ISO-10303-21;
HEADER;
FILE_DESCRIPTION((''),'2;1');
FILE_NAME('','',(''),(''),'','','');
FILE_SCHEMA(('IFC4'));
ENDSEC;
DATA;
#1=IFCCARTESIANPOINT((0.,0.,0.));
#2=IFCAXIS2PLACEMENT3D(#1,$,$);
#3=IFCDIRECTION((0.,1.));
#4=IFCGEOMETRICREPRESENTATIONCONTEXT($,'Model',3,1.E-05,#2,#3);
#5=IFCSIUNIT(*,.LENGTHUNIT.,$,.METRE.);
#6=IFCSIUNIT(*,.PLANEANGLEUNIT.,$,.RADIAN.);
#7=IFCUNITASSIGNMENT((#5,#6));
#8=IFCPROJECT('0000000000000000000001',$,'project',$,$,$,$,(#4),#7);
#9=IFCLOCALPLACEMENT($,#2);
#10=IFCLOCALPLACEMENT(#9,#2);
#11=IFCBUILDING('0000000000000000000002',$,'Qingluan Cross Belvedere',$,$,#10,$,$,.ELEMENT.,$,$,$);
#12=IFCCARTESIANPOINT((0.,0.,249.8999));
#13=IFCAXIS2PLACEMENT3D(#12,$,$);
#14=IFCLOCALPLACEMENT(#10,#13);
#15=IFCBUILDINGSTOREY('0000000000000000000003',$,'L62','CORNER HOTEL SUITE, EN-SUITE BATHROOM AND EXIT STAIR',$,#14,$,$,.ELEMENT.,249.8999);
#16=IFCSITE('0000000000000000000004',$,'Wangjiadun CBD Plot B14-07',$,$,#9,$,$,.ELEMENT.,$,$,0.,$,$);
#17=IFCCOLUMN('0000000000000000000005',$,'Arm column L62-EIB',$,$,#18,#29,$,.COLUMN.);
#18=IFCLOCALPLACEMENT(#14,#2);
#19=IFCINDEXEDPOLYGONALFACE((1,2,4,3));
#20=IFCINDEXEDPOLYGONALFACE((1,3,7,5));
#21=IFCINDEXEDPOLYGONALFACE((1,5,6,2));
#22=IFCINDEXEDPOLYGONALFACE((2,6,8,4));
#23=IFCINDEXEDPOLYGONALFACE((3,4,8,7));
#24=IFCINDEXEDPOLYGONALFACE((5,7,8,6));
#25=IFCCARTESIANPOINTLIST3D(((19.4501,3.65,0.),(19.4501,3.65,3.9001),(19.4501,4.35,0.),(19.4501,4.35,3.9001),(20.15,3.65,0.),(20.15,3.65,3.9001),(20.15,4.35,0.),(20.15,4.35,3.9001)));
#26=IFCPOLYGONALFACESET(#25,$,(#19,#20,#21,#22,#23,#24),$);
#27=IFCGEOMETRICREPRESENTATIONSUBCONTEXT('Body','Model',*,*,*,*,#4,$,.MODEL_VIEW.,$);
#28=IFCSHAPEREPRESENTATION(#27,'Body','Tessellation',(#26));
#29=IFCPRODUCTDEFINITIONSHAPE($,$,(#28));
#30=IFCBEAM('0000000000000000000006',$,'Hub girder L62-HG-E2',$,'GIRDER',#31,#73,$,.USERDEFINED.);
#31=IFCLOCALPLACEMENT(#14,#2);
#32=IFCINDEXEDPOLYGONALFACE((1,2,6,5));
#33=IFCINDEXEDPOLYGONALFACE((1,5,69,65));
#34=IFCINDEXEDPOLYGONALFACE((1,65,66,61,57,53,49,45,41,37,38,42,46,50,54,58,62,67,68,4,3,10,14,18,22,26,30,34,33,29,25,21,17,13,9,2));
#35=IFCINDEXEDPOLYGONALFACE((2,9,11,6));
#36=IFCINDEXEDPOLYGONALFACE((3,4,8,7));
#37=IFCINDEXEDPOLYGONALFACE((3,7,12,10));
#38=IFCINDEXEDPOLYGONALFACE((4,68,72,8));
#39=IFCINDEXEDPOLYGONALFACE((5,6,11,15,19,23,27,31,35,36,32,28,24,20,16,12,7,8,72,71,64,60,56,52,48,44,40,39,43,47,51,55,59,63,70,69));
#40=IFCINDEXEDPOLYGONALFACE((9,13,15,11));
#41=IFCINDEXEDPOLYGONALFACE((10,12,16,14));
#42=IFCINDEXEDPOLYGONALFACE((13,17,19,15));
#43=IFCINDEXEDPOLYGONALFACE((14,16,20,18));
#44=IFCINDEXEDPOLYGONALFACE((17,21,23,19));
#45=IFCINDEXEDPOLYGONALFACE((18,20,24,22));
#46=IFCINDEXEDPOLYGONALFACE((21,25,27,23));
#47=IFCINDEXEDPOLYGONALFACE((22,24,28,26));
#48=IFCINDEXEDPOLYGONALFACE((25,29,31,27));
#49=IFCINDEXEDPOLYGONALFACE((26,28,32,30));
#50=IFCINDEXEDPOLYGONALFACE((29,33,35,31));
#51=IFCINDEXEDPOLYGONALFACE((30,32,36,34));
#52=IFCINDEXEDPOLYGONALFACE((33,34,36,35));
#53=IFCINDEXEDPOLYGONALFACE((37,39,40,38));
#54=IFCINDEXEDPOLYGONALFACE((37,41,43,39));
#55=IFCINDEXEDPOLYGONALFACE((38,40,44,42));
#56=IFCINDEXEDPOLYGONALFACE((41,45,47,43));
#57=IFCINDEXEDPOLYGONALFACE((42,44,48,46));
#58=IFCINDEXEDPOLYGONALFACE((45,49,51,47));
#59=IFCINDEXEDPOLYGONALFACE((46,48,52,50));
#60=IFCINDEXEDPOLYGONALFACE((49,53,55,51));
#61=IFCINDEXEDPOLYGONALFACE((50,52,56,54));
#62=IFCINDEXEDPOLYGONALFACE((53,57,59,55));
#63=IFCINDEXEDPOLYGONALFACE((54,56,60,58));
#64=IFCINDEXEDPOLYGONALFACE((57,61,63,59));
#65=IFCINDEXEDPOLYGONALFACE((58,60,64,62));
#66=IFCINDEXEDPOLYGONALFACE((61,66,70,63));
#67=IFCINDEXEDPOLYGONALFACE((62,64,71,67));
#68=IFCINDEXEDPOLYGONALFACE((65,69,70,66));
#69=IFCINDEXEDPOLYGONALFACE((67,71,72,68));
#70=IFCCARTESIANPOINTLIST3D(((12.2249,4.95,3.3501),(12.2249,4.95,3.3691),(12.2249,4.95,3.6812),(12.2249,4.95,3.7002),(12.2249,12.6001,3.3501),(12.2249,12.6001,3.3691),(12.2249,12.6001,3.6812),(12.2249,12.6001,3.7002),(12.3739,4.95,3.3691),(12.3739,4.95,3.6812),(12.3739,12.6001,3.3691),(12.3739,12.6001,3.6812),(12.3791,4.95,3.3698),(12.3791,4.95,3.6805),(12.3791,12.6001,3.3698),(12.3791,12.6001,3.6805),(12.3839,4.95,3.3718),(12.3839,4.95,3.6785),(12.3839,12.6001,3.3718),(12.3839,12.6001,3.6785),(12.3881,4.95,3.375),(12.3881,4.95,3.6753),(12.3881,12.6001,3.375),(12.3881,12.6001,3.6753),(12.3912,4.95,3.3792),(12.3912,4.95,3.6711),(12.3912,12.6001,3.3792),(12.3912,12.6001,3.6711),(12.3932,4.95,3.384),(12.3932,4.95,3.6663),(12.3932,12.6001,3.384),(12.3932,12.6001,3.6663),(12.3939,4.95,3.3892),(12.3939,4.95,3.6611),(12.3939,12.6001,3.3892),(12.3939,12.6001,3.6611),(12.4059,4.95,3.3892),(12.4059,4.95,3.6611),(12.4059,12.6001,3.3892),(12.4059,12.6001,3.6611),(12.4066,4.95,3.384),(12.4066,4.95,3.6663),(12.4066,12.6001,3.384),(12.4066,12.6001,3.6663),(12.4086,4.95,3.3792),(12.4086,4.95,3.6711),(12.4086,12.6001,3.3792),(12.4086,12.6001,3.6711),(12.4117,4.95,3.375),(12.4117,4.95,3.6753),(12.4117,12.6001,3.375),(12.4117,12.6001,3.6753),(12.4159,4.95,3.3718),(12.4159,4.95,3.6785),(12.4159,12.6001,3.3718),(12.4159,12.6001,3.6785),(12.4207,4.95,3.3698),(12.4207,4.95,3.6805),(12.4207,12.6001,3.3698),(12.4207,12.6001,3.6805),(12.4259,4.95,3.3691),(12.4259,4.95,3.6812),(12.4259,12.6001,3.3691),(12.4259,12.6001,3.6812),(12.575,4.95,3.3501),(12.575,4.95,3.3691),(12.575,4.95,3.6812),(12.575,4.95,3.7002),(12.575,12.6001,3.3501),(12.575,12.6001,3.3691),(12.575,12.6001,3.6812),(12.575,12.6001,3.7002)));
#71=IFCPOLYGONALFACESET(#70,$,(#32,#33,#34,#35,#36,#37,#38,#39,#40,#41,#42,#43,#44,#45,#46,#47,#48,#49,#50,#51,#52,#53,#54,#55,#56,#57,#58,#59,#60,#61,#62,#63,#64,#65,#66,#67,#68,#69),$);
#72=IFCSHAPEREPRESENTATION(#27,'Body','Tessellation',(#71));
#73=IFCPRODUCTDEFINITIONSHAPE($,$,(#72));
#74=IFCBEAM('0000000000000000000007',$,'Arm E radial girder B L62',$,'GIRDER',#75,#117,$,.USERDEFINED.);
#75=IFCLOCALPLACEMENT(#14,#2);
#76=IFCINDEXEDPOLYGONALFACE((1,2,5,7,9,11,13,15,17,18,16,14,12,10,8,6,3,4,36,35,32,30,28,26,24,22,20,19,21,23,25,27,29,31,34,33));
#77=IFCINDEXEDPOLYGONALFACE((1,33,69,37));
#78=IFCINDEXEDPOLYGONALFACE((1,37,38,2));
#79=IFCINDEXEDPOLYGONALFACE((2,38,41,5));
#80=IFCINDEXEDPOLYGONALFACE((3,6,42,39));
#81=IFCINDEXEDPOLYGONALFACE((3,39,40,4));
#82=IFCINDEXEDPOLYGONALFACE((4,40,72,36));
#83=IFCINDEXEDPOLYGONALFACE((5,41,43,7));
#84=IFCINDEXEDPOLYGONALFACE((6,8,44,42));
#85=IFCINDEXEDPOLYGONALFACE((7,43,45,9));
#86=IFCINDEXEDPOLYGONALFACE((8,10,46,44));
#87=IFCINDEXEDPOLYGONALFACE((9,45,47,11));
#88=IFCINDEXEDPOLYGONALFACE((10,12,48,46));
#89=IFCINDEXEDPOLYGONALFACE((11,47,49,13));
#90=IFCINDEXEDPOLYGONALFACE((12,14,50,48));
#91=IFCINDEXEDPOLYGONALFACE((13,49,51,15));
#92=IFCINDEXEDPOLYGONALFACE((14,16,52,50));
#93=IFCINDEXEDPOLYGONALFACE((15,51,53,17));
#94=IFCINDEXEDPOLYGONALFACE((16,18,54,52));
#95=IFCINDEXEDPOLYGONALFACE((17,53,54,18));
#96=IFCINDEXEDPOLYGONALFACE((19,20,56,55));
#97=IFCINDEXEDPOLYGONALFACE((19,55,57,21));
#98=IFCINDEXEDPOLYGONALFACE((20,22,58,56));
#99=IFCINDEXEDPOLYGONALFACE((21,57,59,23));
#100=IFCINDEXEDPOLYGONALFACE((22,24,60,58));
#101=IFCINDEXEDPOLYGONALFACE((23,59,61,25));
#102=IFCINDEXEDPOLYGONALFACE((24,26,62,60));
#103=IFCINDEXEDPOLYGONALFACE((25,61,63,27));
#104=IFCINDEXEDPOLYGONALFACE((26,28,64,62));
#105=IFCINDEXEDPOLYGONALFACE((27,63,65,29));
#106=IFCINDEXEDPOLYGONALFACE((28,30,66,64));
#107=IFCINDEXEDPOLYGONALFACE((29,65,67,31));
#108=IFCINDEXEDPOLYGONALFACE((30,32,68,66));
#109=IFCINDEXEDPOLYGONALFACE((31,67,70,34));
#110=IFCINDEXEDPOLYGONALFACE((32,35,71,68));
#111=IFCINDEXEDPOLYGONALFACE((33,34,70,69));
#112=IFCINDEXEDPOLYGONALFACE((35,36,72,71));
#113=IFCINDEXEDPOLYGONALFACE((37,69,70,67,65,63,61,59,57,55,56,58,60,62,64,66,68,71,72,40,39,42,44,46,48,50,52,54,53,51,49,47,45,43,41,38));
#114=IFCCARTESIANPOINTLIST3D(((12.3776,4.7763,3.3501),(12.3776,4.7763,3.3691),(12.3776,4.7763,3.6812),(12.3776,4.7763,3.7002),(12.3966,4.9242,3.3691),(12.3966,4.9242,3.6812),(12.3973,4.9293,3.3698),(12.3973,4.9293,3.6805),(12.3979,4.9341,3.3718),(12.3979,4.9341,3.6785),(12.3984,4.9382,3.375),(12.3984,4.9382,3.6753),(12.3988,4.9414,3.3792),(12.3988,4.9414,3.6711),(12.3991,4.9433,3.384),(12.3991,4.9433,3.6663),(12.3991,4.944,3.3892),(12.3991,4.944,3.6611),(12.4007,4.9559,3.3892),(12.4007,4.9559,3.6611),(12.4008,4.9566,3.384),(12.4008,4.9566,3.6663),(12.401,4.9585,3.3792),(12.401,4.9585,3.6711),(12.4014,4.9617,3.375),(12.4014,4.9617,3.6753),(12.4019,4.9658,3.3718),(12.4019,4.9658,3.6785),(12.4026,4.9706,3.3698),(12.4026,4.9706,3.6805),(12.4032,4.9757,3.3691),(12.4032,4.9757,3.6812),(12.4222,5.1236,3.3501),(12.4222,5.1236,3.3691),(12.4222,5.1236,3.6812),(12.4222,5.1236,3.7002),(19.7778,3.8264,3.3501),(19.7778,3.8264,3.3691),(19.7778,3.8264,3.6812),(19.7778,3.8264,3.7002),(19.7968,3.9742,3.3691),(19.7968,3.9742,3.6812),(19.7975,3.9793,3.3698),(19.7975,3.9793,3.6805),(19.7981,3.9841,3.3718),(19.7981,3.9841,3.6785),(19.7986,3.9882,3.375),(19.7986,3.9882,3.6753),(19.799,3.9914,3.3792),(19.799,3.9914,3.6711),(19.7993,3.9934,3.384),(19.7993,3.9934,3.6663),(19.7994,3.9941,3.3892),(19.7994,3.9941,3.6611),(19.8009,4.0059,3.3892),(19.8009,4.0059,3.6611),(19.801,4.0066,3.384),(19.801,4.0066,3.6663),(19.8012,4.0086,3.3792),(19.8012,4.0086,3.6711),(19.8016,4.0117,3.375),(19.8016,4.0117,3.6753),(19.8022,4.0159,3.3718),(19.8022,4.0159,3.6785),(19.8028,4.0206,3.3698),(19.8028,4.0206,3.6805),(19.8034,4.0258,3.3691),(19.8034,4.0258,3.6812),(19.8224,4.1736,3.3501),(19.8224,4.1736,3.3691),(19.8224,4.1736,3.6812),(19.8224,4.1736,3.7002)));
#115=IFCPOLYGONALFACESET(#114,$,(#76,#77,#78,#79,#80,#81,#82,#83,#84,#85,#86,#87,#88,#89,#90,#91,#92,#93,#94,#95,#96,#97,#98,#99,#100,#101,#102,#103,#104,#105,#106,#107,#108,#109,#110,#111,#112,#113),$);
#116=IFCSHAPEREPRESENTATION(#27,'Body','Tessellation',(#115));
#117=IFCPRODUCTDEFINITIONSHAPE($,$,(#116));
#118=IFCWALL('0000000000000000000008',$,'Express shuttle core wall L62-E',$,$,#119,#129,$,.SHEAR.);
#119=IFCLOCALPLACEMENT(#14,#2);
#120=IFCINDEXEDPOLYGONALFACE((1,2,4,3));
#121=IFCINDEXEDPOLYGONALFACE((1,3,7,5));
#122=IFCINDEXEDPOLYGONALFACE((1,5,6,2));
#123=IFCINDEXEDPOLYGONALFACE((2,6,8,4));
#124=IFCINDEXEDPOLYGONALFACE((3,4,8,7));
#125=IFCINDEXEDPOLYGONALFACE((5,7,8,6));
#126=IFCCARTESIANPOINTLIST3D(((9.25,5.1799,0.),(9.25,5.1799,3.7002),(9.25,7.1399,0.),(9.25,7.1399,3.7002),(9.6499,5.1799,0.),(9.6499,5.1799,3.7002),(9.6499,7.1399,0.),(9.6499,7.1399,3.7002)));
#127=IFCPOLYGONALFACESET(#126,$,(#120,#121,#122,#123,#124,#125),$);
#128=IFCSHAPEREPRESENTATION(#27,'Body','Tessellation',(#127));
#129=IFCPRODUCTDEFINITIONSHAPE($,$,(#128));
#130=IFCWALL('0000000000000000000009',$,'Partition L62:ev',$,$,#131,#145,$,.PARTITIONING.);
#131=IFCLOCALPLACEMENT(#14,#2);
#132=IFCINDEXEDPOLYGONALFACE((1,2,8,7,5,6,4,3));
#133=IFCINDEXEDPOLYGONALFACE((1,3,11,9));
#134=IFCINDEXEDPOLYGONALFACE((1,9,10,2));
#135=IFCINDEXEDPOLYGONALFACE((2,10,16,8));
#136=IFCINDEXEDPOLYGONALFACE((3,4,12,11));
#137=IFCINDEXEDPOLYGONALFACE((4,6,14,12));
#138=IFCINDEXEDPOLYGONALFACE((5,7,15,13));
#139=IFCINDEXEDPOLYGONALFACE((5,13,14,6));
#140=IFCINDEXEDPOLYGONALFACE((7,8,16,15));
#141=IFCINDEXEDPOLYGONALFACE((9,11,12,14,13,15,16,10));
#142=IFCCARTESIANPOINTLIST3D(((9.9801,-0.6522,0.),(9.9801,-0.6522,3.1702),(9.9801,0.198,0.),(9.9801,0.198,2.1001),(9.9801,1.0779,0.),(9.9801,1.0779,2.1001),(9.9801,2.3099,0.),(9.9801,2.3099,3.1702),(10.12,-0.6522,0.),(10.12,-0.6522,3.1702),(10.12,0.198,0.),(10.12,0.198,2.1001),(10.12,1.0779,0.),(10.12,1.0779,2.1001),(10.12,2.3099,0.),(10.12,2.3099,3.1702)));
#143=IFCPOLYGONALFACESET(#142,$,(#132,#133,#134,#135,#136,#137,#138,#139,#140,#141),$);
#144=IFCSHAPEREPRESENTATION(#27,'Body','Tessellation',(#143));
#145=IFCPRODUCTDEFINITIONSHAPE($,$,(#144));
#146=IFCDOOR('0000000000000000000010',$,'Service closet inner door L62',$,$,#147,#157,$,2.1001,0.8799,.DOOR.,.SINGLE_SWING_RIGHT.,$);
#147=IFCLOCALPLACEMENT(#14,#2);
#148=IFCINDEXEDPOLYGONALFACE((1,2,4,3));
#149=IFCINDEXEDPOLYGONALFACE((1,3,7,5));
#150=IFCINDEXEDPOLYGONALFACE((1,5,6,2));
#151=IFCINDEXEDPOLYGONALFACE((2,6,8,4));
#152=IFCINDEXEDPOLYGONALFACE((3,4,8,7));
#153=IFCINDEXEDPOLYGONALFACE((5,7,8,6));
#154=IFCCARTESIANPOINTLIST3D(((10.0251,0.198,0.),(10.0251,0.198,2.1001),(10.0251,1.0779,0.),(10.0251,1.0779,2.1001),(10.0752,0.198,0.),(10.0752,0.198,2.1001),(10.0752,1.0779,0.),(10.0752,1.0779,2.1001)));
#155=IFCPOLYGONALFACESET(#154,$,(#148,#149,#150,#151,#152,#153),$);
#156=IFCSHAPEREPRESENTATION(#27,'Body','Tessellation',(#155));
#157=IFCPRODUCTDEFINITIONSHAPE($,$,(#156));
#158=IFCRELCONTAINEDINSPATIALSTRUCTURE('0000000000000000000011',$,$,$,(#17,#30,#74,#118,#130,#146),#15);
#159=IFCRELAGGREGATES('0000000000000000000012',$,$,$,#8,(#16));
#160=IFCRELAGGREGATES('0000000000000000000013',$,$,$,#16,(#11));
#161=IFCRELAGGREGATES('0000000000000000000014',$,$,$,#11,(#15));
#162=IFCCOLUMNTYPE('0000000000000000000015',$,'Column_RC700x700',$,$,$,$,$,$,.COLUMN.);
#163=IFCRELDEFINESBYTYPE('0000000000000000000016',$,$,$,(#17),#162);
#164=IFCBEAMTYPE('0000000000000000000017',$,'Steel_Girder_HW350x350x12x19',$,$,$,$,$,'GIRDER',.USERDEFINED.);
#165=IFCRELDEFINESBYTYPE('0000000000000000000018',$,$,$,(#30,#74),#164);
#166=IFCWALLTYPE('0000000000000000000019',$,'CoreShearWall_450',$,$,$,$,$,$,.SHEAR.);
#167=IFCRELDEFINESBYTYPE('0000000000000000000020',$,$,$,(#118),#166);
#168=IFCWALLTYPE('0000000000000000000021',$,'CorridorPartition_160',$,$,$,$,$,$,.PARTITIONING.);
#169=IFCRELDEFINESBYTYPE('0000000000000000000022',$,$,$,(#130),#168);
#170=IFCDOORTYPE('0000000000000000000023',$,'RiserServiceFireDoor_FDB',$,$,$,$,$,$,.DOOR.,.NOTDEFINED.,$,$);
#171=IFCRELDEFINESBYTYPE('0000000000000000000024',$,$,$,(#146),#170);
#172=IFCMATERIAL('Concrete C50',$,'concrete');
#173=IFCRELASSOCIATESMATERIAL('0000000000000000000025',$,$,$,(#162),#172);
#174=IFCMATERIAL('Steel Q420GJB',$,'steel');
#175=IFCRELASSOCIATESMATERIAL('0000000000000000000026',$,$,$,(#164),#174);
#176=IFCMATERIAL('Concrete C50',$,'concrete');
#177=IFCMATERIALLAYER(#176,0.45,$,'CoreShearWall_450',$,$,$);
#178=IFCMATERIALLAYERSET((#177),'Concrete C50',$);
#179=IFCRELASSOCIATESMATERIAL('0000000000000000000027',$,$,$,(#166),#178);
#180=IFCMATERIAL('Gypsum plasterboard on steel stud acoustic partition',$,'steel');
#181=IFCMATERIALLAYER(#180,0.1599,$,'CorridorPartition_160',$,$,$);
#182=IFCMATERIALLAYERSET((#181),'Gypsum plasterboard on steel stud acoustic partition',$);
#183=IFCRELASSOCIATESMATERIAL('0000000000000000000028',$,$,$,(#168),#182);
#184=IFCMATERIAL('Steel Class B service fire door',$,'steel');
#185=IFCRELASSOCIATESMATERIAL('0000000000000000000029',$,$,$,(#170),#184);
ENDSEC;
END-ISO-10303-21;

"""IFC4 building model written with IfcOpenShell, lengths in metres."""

from ifc_helpers import new_model, si_unit, direction, frame, frame_2d, origin, origin_2d, place, context, subcontext, project, spatial, rectangle, i_section, extrude, material, layer, layer_set, material_profile, profile_set, type_object, element, fill, save


model = new_model("IFC4")

# Units and contexts
model_context = context("Model", 3, precision=1e-05, world=origin(), true_north=direction((0.0, 1.0)))
body_context = subcontext(model_context, "Body", "Model", "MODEL_VIEW")
ifc_project = project(units=[si_unit("LENGTHUNIT", "METRE"), si_unit("PLANEANGLEUNIT", "RADIAN")], contexts=[model_context])

# Site, building, storey
site_placement = place(None, origin())
site = spatial("IfcSite", under=ifc_project, at=site_placement, Name="Wangjiadun CBD Plot B14-07", CompositionType="ELEMENT", RefElevation=0.0)
building_placement = place(site_placement, origin())
building = spatial("IfcBuilding", under=site, at=building_placement, Name="Qingluan Cross Belvedere", CompositionType="ELEMENT")
storey_placement = place(building_placement, frame((0.0, 0.0, 249.8999)))
storey = spatial("IfcBuildingStorey", under=building, at=storey_placement, Name="L62", Description="CORNER HOTEL SUITE, EN-SUITE BATHROOM AND EXIT STAIR", CompositionType="ELEMENT", Elevation=249.8999)

# Column
ifc_material_1 = material(Name="Concrete C50", Category="concrete")
ifc_material_profile_1 = material_profile(ifc_material_1, rectangle(XDim=0.7, YDim=0.7, at=origin_2d()), Name="RC700x700")
ifc_profile_set_1 = profile_set([ifc_material_profile_1], Name="Concrete C50")
column_type = type_object("IfcColumnType", Name="Column_RC700x700", PredefinedType="COLUMN", material=ifc_profile_set_1)
column_placement = place(storey_placement, frame((19.8, 4.0, 0.0), z_axis=(0.0, 0.0, 1.0), x_axis=(1.0, 0.0, 0.0)))
element("IfcColumn", 1, at=column_placement, inside=storey, type_object=column_type, Name="Arm column L62-EIB", PredefinedType="COLUMN", context=body_context, shape_type="SweptSolid", body=[
    extrude(rectangle(XDim=0.7, YDim=0.7, at=origin_2d()), origin(), (0.0, 0.0, 1.0), 3.9001),
])

# Beams
ifc_material_2 = material(Name="Steel Q420GJB", Category="steel")
ifc_material_profile_2 = material_profile(ifc_material_2, i_section(OverallWidth=0.3501, OverallDepth=0.3501, WebThickness=0.012, FlangeThickness=0.019, FilletRadius=0.02, at=origin_2d()), Name="HW350x350x12x19")
ifc_profile_set_2 = profile_set([ifc_material_profile_2], Name="Steel Q420GJB")
beam_type = type_object("IfcBeamType", Name="Steel_Girder_HW350x350x12x19", ElementType="GIRDER", PredefinedType="USERDEFINED", material=ifc_profile_set_2)
beam_1_placement = place(storey_placement, frame((12.3999, 4.95, 3.5251), z_axis=(0.0, 1.0, 0.0), x_axis=(-1.0, 0.0, 0.0)))
element("IfcBeam", 2, at=beam_1_placement, inside=storey, type_object=beam_type, Name="Hub girder L62-HG-E2", ObjectType="GIRDER", PredefinedType="USERDEFINED", context=body_context, shape_type="SweptSolid", body=[
    extrude(i_section(OverallWidth=0.3501, OverallDepth=0.3501, WebThickness=0.012, FlangeThickness=0.019, FilletRadius=0.02, at=origin_2d()), origin(), (0.0, 0.0, 1.0), 7.6501),
])
beam_2_placement = place(storey_placement, frame((12.3999, 4.95, 3.5251), z_axis=(0.991861, -0.127324, 0.0), x_axis=(0.127324, 0.991861, 0.0)))
element("IfcBeam", 3, at=beam_2_placement, inside=storey, type_object=beam_type, Name="Arm E radial girder B L62", ObjectType="GIRDER", PredefinedType="USERDEFINED", context=body_context, shape_type="SweptSolid", body=[
    extrude(i_section(OverallWidth=0.3501, OverallDepth=0.3501, WebThickness=0.012, FlangeThickness=0.019, FilletRadius=0.02, at=origin_2d()), origin(), (0.0, 0.0, 1.0), 7.4609),
])

# Wall
ifc_material_3 = material(Name="Concrete C50", Category="concrete")
ifc_layer_1 = layer(ifc_material_3, 0.45, Name="CoreShearWall_450")
ifc_layer_set_1 = layer_set([ifc_layer_1], Name="Concrete C50")
wall_type_1 = type_object("IfcWallType", Name="CoreShearWall_450", PredefinedType="SHEAR", material=ifc_layer_set_1)
wall_1_placement = place(storey_placement, frame((9.45, 5.1799, 0.0), z_axis=(0.0, 0.0, 1.0), x_axis=(0.0, 1.0, 0.0)))
element("IfcWall", 4, at=wall_1_placement, inside=storey, type_object=wall_type_1, Name="Express shuttle core wall L62-E", PredefinedType="SHEAR", context=body_context, shape_type="SweptSolid", body=[
    extrude(rectangle(XDim=1.96, YDim=0.3999, at=frame_2d((0.98, 0.0))), origin(), (0.0, 0.0, 1.0), 3.7002),
])

# Wall, opening, door
ifc_material_4 = material(Name="Gypsum plasterboard on steel stud acoustic partition", Category="steel")
ifc_layer_2 = layer(ifc_material_4, 0.1599, Name="CorridorPartition_160")
ifc_layer_set_2 = layer_set([ifc_layer_2], Name="Gypsum plasterboard on steel stud acoustic partition")
wall_type_2 = type_object("IfcWallType", Name="CorridorPartition_160", PredefinedType="PARTITIONING", material=ifc_layer_set_2)
wall_2_placement = place(storey_placement, frame((10.05, -0.6521, 0.0), z_axis=(0.0, 0.0, 1.0), x_axis=(0.0, 1.0, 0.0)))
wall_2 = element("IfcWall", 5, at=wall_2_placement, inside=storey, type_object=wall_type_2, Name="Partition L62:ev", PredefinedType="PARTITIONING", context=body_context, shape_type="SweptSolid", body=[
    extrude(rectangle(XDim=2.9622, YDim=0.1399, at=frame_2d((1.481, 0.0))), origin(), (0.0, 0.0, 1.0), 3.1702),
])
opening_1_placement = place(wall_2_placement, frame((0.8501, 0.0, 0.0)))
opening_1 = element("IfcOpeningElement", 6, at=opening_1_placement, cuts=wall_2, PredefinedType="OPENING", context=body_context, shape_type="SweptSolid", body=[
    extrude(rectangle(XDim=0.8799, YDim=2.1001, at=frame_2d((0.4399, 1.05))), frame((0.0, 0.0798, 0.0), z_axis=(0.0, -1.0, 0.0), x_axis=(1.0, 0.0, 0.0)), (0.0, 0.0, 1.0), 0.1599),
])
ifc_material_5 = material(Name="Steel Class B service fire door", Category="steel")
door_type_1 = type_object("IfcDoorType", Name="RiserServiceFireDoor_FDB", OperationType="NOTDEFINED", PredefinedType="DOOR", material=ifc_material_5)
door_1_placement = place(opening_1_placement, origin())
door_1 = element("IfcDoor", 7, at=door_1_placement, inside=storey, type_object=door_type_1, Name="Service closet inner door L62", OperationType="SINGLE_SWING_RIGHT", OverallHeight=2.1001, OverallWidth=0.8799, PredefinedType="DOOR", context=body_context, shape_type="SweptSolid", body=[
    extrude(rectangle(XDim=0.8799, YDim=2.1001, at=frame_2d((0.4399, 1.05))), frame((0.0, 0.0249, 0.0), z_axis=(0.0, -1.0, 0.0), x_axis=(1.0, 0.0, 0.0)), (0.0, 0.0, 1.0), 0.05),
])
fill(opening_1, door_1)

save(model, "model.ifc")
